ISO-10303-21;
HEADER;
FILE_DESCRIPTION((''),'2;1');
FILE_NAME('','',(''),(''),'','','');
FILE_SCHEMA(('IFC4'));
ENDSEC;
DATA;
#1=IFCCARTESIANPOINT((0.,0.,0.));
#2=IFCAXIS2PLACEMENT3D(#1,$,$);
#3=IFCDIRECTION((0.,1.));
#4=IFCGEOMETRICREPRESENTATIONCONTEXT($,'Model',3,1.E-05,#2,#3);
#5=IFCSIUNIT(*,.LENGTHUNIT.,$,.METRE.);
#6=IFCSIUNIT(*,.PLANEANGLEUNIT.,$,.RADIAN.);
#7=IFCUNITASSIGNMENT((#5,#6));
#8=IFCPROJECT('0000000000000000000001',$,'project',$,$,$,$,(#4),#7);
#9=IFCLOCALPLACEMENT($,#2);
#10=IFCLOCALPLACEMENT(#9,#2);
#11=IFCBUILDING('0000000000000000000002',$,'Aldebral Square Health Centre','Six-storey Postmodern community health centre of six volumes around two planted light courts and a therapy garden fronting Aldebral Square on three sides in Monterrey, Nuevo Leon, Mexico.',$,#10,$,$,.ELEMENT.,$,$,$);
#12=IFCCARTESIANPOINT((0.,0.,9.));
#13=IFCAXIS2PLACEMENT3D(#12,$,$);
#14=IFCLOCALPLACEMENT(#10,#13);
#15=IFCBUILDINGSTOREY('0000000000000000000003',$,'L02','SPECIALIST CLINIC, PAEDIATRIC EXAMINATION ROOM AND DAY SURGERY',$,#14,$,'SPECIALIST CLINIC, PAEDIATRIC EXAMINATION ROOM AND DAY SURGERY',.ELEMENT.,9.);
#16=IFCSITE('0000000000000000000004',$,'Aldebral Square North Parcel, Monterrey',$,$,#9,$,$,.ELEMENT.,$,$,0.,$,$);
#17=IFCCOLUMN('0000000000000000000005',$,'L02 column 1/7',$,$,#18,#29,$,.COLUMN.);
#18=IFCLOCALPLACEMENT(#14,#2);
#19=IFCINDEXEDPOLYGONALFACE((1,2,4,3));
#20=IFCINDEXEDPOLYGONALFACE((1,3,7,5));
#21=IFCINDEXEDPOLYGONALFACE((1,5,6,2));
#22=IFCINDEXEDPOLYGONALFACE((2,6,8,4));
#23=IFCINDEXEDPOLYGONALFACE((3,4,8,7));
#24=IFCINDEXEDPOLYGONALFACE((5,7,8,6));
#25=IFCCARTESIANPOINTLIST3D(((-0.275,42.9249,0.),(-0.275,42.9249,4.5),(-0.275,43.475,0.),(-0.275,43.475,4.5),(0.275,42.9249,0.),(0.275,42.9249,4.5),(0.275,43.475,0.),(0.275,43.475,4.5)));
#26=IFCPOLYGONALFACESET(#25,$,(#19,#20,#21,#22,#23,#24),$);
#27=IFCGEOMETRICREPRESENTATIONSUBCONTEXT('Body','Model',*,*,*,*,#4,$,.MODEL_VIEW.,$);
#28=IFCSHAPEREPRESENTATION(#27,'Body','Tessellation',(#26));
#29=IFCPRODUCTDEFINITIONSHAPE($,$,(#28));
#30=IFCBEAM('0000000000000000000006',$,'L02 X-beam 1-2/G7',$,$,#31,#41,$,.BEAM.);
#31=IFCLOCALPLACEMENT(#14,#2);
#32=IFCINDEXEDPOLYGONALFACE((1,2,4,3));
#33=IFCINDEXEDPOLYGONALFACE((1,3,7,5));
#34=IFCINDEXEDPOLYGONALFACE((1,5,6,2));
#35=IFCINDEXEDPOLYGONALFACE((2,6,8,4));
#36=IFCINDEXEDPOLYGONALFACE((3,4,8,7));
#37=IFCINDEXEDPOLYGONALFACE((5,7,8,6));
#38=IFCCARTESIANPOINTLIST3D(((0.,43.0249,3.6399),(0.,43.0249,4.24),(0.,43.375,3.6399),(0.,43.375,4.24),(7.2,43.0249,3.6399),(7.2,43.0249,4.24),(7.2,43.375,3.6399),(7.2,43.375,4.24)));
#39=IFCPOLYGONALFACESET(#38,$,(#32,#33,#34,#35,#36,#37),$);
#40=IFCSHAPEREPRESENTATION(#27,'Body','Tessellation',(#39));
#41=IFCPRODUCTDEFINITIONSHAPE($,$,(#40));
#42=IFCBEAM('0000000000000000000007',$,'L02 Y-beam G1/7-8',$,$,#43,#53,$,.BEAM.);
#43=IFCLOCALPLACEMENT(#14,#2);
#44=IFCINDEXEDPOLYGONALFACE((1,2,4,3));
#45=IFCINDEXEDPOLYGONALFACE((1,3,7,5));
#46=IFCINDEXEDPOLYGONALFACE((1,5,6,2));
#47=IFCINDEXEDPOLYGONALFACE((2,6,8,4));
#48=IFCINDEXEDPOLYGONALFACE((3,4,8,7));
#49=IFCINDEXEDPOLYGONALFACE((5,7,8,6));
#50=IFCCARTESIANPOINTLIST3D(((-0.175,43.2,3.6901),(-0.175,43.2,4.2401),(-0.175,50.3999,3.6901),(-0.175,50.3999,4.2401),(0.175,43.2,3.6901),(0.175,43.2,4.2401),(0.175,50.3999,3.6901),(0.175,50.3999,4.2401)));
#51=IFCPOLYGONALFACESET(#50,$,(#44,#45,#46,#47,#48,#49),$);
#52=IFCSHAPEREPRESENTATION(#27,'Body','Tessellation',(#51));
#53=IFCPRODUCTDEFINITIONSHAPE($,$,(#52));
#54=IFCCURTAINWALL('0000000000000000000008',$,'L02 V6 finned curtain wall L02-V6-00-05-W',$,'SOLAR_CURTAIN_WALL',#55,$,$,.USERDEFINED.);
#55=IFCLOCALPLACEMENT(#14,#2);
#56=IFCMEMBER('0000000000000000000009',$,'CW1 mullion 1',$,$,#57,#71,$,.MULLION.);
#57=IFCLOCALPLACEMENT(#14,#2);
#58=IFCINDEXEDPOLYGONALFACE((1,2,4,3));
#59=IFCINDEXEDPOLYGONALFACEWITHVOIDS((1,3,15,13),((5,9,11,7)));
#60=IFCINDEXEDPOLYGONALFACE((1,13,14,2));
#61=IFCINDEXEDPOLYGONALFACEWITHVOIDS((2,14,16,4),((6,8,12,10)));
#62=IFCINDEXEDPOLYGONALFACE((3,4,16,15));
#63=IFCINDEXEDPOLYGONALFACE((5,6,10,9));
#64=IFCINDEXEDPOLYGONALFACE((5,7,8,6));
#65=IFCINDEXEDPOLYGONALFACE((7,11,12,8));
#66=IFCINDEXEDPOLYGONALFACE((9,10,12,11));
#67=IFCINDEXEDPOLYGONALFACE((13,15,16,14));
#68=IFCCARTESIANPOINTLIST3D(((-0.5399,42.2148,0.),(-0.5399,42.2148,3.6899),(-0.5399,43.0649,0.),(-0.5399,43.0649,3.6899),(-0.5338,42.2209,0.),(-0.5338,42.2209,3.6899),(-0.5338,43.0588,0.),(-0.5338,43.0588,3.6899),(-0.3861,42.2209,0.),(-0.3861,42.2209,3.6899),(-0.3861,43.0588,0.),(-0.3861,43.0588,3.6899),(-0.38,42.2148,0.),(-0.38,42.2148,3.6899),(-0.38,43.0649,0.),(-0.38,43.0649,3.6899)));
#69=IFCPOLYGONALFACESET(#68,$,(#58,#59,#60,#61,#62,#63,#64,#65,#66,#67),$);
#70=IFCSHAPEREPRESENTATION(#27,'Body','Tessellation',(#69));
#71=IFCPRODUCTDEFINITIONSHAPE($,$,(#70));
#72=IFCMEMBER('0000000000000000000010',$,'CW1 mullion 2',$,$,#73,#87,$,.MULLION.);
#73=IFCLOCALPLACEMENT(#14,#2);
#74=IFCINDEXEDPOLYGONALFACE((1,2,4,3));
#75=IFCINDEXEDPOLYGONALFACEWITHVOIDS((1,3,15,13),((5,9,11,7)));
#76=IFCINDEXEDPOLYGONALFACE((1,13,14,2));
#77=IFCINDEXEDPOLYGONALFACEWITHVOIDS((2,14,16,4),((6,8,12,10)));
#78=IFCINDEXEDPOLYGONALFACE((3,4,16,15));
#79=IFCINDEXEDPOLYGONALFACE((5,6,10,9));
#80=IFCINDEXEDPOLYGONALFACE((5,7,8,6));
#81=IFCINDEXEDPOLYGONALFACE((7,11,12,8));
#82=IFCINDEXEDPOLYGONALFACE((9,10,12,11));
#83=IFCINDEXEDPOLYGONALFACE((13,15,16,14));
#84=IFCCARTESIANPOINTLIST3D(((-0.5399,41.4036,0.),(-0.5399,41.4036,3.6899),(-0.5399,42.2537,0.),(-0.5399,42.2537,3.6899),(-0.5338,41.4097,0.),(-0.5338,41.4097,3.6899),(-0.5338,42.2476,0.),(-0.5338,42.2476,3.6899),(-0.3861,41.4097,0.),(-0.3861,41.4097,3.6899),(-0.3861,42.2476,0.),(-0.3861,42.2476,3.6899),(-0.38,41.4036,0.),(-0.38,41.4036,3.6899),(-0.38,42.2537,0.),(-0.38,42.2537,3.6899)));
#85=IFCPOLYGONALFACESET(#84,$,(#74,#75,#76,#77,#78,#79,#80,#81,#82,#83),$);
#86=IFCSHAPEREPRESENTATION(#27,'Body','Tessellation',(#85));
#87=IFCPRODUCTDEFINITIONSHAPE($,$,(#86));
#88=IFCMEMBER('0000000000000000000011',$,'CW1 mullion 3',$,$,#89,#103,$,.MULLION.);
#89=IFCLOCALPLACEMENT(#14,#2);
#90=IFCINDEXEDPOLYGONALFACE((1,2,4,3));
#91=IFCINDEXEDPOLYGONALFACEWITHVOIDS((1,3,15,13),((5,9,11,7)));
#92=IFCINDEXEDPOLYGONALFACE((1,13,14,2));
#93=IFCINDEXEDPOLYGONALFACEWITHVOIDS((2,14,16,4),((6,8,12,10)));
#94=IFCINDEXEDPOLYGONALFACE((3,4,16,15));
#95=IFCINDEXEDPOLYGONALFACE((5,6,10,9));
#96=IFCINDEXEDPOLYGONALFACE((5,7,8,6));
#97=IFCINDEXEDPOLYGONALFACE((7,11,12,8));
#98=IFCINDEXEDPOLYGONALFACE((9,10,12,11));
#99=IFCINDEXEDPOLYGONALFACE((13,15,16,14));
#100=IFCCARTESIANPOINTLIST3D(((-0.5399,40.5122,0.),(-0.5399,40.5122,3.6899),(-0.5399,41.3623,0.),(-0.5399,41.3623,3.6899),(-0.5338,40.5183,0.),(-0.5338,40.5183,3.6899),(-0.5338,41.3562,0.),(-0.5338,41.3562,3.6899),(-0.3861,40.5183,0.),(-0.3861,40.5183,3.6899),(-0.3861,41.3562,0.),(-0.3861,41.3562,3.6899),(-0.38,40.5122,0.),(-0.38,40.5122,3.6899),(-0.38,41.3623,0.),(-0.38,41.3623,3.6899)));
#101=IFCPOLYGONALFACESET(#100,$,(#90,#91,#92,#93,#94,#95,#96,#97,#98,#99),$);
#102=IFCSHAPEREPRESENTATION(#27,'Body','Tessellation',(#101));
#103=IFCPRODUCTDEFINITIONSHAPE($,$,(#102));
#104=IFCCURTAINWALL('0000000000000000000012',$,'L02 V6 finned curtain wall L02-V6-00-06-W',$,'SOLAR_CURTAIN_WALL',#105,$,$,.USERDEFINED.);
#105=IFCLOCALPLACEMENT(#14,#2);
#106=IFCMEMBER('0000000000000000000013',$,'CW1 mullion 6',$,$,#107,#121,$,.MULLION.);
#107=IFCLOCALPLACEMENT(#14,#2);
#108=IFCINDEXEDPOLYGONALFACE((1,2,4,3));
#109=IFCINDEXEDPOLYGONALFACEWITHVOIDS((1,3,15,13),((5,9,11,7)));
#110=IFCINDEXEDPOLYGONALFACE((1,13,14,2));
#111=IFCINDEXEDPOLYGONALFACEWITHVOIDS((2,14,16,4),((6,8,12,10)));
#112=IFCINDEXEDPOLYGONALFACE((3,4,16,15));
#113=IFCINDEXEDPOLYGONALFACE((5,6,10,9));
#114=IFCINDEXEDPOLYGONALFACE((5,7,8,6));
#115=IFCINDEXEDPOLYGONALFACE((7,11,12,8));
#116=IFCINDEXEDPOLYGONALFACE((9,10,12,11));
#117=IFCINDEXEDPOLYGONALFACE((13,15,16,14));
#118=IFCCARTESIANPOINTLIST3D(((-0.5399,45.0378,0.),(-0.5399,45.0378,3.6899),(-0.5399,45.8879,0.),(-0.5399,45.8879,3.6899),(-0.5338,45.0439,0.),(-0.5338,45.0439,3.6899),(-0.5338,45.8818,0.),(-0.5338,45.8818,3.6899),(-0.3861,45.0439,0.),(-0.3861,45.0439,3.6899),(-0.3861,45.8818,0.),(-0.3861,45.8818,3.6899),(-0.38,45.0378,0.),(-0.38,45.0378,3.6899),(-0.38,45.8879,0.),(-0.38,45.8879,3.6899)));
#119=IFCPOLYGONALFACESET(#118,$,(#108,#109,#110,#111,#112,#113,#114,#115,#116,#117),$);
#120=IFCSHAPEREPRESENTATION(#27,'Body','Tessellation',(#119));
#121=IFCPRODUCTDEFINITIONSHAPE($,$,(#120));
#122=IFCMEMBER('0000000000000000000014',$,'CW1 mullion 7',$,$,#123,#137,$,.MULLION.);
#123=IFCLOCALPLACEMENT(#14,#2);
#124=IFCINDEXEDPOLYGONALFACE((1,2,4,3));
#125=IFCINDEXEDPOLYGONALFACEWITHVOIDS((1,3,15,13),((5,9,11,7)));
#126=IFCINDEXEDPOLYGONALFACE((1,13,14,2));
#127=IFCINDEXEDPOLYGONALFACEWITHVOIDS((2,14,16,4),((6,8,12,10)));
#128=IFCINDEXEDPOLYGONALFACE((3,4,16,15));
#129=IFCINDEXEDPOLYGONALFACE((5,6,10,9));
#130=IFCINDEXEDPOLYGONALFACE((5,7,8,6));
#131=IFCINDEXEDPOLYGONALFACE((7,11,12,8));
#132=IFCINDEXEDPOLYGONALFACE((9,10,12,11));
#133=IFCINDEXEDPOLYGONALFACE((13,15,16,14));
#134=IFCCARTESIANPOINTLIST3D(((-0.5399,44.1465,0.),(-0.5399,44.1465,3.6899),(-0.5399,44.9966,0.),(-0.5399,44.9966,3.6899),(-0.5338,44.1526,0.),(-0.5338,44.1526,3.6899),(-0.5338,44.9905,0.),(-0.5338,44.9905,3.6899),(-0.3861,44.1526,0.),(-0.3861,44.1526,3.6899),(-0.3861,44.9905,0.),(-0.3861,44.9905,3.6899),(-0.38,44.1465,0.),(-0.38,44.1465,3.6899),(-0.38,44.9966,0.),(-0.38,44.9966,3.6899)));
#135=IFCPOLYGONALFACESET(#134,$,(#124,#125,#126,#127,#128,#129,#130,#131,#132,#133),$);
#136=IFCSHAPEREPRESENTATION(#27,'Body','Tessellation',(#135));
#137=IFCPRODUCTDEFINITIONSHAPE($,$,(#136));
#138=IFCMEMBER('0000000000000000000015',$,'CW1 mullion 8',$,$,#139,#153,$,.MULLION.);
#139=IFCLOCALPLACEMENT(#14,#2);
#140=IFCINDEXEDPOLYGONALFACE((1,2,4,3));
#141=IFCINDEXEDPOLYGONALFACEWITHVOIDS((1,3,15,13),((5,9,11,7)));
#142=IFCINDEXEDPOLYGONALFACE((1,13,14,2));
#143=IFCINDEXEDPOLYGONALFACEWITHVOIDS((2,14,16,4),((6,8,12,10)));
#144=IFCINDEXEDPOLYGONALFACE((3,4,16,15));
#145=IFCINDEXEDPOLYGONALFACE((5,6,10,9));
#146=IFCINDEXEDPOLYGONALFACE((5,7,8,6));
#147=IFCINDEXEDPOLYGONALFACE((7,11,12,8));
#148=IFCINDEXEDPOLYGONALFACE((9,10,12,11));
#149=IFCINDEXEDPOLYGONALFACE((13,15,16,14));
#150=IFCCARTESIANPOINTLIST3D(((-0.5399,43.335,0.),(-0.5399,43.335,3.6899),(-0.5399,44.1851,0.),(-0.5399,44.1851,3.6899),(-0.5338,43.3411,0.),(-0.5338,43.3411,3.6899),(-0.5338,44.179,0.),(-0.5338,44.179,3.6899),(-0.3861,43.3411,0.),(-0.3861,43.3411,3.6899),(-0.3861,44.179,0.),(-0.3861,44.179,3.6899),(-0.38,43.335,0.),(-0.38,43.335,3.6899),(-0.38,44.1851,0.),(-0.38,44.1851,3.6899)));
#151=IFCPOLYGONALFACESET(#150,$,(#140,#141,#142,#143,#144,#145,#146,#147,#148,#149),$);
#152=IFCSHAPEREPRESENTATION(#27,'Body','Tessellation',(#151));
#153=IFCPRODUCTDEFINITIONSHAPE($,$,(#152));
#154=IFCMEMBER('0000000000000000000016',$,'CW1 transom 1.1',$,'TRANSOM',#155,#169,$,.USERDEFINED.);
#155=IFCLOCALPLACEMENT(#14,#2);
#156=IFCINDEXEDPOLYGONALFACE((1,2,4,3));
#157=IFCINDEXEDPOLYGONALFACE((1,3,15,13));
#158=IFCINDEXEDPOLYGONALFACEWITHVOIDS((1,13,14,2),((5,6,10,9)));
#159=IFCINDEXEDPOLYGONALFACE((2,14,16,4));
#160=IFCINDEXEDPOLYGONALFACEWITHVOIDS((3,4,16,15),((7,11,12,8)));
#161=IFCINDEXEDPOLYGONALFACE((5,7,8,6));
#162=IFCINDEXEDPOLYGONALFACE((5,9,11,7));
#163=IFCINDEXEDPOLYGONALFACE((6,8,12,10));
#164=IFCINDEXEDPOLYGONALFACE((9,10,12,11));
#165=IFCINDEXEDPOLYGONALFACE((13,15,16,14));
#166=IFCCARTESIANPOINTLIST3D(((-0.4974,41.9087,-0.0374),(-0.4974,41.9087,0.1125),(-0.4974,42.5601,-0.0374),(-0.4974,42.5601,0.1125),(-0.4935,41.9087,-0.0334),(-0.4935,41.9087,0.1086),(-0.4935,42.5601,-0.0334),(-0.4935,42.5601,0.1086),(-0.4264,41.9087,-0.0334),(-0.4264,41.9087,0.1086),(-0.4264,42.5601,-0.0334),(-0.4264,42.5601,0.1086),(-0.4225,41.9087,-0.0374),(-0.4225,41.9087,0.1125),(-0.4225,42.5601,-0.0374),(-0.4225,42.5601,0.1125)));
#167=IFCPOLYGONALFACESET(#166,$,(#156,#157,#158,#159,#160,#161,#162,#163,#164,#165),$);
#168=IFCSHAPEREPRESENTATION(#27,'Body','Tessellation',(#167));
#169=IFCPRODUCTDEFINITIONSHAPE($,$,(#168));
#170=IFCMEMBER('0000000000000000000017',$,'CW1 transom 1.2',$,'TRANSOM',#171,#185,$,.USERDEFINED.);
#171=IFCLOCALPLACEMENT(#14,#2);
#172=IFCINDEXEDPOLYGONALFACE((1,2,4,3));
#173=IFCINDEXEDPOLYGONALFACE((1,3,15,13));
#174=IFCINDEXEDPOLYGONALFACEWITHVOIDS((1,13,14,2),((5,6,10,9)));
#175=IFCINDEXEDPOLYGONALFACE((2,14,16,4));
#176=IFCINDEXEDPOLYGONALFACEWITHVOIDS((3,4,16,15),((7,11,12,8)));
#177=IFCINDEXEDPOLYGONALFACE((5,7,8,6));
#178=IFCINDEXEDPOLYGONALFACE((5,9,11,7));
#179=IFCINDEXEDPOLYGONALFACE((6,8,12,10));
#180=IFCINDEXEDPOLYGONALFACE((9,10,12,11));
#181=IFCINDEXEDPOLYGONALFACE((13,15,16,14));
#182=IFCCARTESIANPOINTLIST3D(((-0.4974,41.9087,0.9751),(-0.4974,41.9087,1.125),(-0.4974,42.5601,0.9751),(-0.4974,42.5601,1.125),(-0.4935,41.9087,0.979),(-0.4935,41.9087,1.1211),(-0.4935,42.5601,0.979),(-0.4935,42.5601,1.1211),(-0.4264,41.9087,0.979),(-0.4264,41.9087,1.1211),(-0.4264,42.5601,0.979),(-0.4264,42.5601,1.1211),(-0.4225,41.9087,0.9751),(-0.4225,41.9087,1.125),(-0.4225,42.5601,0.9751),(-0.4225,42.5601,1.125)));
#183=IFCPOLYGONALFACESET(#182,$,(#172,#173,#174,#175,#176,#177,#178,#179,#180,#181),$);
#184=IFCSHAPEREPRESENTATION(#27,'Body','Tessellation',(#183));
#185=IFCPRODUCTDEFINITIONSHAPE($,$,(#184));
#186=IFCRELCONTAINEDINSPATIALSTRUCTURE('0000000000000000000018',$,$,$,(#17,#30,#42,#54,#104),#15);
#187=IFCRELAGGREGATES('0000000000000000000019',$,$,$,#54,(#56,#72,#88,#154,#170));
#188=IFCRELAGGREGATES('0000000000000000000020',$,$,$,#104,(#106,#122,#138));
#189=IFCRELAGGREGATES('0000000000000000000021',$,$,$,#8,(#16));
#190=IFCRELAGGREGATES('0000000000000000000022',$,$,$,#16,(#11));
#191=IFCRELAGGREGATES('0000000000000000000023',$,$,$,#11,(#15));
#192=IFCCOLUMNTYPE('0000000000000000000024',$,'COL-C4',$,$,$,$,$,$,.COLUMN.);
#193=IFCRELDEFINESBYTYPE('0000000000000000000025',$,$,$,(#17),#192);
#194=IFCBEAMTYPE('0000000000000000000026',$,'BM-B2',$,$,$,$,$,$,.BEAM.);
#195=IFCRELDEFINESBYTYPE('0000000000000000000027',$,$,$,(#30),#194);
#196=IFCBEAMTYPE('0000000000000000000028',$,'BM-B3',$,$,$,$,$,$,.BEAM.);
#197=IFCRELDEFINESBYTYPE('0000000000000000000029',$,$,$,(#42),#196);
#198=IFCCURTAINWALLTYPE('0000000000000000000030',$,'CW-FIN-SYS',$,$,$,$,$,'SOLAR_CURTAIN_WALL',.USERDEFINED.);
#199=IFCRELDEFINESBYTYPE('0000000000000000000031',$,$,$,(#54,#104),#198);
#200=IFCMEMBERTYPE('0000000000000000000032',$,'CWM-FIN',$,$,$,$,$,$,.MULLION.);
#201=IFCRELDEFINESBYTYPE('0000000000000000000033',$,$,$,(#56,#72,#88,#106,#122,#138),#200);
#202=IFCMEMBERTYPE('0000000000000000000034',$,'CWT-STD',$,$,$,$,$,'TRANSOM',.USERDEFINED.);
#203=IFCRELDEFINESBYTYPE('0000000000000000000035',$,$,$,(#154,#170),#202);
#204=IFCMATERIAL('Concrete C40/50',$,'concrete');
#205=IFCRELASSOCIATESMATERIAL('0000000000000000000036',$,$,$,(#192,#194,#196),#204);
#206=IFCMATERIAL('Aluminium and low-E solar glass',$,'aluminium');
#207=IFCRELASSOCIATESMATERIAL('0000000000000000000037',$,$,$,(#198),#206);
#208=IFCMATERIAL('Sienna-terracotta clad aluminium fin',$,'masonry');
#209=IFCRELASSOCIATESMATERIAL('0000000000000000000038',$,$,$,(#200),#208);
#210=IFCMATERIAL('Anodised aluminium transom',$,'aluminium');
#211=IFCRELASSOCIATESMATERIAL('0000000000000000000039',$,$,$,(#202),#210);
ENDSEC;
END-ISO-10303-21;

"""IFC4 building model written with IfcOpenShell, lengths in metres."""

from ifc_helpers import new_model, si_unit, direction, frame, origin, origin_2d, place, context, subcontext, project, spatial, rectangle, hollow_rectangle, extrude, material, material_profile, profile_set, type_object, element, aggregate, save


model = new_model("IFC4")

# Units and contexts
model_context = context("Model", 3, precision=1e-05, world=origin(), true_north=direction((0.0, 1.0)))
body_context = subcontext(model_context, "Body", "Model", "MODEL_VIEW")
ifc_project = project(units=[si_unit("LENGTHUNIT", "METRE"), si_unit("PLANEANGLEUNIT", "RADIAN")], contexts=[model_context])

# Site, building, storey
site_placement = place(None, origin())
site = spatial("IfcSite", under=ifc_project, at=site_placement, Name="Aldebral Square North Parcel, Monterrey", CompositionType="ELEMENT", RefElevation=0.0)
building_placement = place(site_placement, origin())
building = spatial("IfcBuilding", under=site, at=building_placement, Name="Aldebral Square Health Centre", Description="Six-storey Postmodern community health centre of six volumes around two planted light courts and a therapy garden fronting Aldebral Square on three sides in Monterrey, Nuevo Leon, Mexico.", CompositionType="ELEMENT")
storey_placement = place(building_placement, frame((0.0, 0.0, 9.0)))
storey = spatial("IfcBuildingStorey", under=building, at=storey_placement, Name="L02", Description="SPECIALIST CLINIC, PAEDIATRIC EXAMINATION ROOM AND DAY SURGERY", LongName="SPECIALIST CLINIC, PAEDIATRIC EXAMINATION ROOM AND DAY SURGERY", CompositionType="ELEMENT", Elevation=9.0)

# Column
ifc_material_1 = material(Name="Concrete C40/50", Category="concrete")
ifc_material_profile_1 = material_profile(ifc_material_1, rectangle(XDim=0.55, YDim=0.55, at=origin_2d()), Name="RC 550x550")
ifc_profile_set_1 = profile_set([ifc_material_profile_1], Name="Concrete C40/50")
column_type = type_object("IfcColumnType", Name="COL-C4", PredefinedType="COLUMN", material=ifc_profile_set_1)
column_placement = place(storey_placement, frame((0.0, 43.2, 0.0), z_axis=(0.0, 0.0, 1.0), x_axis=(1.0, 0.0, 0.0)))
element("IfcColumn", 1, at=column_placement, inside=storey, type_object=column_type, Name="L02 column 1/7", PredefinedType="COLUMN", context=body_context, shape_type="SweptSolid", body=[
    extrude(rectangle(XDim=0.55, YDim=0.55, at=origin_2d()), origin(), (0.0, 0.0, 1.0), 4.5),
])

# Beams
ifc_material_profile_2 = material_profile(ifc_material_1, rectangle(XDim=0.3501, YDim=0.6001, at=origin_2d()), Name="RC 350x600")
ifc_profile_set_2 = profile_set([ifc_material_profile_2], Name="Concrete C40/50")
beam_type_1 = type_object("IfcBeamType", Name="BM-B2", PredefinedType="BEAM", material=ifc_profile_set_2)
beam_1_placement = place(storey_placement, frame((0.0, 43.2, 3.9399), z_axis=(1.0, 0.0, 0.0), x_axis=(0.0, 1.0, 0.0)))
element("IfcBeam", 2, at=beam_1_placement, inside=storey, type_object=beam_type_1, Name="L02 X-beam 1-2/G7", PredefinedType="BEAM", context=body_context, shape_type="SweptSolid", body=[
    extrude(rectangle(XDim=0.3501, YDim=0.6001, at=origin_2d()), origin(), (0.0, 0.0, 1.0), 7.2),
])
ifc_material_profile_3 = material_profile(ifc_material_1, rectangle(XDim=0.3501, YDim=0.55, at=origin_2d()), Name="RC 350x550")
ifc_profile_set_3 = profile_set([ifc_material_profile_3], Name="Concrete C40/50")
beam_type_2 = type_object("IfcBeamType", Name="BM-B3", PredefinedType="BEAM", material=ifc_profile_set_3)
beam_2_placement = place(storey_placement, frame((0.0, 43.2, 3.9651), z_axis=(0.0, 1.0, 0.0), x_axis=(-1.0, 0.0, 0.0)))
element("IfcBeam", 3, at=beam_2_placement, inside=storey, type_object=beam_type_2, Name="L02 Y-beam G1/7-8", PredefinedType="BEAM", context=body_context, shape_type="SweptSolid", body=[
    extrude(rectangle(XDim=0.3501, YDim=0.55, at=origin_2d()), origin(), (0.0, 0.0, 1.0), 7.2),
])

# Curtain walls, members
ifc_material_2 = material(Name="Aluminium and low-E solar glass", Category="aluminium")
curtain_wall_type = type_object("IfcCurtainWallType", Name="CW-FIN-SYS", ElementType="SOLAR_CURTAIN_WALL", PredefinedType="USERDEFINED", material=ifc_material_2)
curtain_wall_1_placement = place(storey_placement, origin())
curtain_wall_1 = element("IfcCurtainWall", 4, at=curtain_wall_1_placement, inside=storey, type_object=curtain_wall_type, Name="L02 V6 finned curtain wall L02-V6-00-05-W", ObjectType="SOLAR_CURTAIN_WALL", PredefinedType="USERDEFINED")
ifc_material_3 = material(Name="Sienna-terracotta clad aluminium fin", Category="masonry")
ifc_material_profile_4 = material_profile(ifc_material_3, hollow_rectangle(XDim=0.1599, YDim=0.8501, WallThickness=0.0061, at=origin_2d()), Name="FIN 160x850x6")
ifc_profile_set_4 = profile_set([ifc_material_profile_4], Name="Sienna-terracotta clad aluminium fin")
member_type_1 = type_object("IfcMemberType", Name="CWM-FIN", PredefinedType="MULLION", material=ifc_profile_set_4)
member_1_placement = place(storey_placement, frame((-0.46, 42.6399, 0.0), z_axis=(0.0, 0.0, 1.0), x_axis=(1.0, 0.0, 0.0)))
member_1 = element("IfcMember", 5, at=member_1_placement, type_object=member_type_1, Name="CW1 mullion 1", PredefinedType="MULLION", context=body_context, shape_type="SweptSolid", body=[
    extrude(hollow_rectangle(XDim=0.1599, YDim=0.8501, WallThickness=0.0061, at=origin_2d()), origin(), (0.0, 0.0, 1.0), 3.6899),
])
member_2_placement = place(storey_placement, frame((-0.46, 41.8286, 0.0), z_axis=(0.0, 0.0, 1.0), x_axis=(1.0, 0.0, 0.0)))
member_2 = element("IfcMember", 6, at=member_2_placement, type_object=member_type_1, Name="CW1 mullion 2", PredefinedType="MULLION", context=body_context, shape_type="SweptSolid", body=[
    extrude(hollow_rectangle(XDim=0.1599, YDim=0.8501, WallThickness=0.0061, at=origin_2d()), origin(), (0.0, 0.0, 1.0), 3.6899),
])
member_3_placement = place(storey_placement, frame((-0.46, 40.9373, 0.0), z_axis=(0.0, 0.0, 1.0), x_axis=(1.0, 0.0, 0.0)))
member_3 = element("IfcMember", 7, at=member_3_placement, type_object=member_type_1, Name="CW1 mullion 3", PredefinedType="MULLION", context=body_context, shape_type="SweptSolid", body=[
    extrude(hollow_rectangle(XDim=0.1599, YDim=0.8501, WallThickness=0.0061, at=origin_2d()), origin(), (0.0, 0.0, 1.0), 3.6899),
])
curtain_wall_2_placement = place(storey_placement, origin())
curtain_wall_2 = element("IfcCurtainWall", 8, at=curtain_wall_2_placement, inside=storey, type_object=curtain_wall_type, Name="L02 V6 finned curtain wall L02-V6-00-06-W", ObjectType="SOLAR_CURTAIN_WALL", PredefinedType="USERDEFINED")
member_4_placement = place(storey_placement, frame((-0.46, 45.4629, 0.0), z_axis=(0.0, 0.0, 1.0), x_axis=(1.0, 0.0, 0.0)))
member_4 = element("IfcMember", 9, at=member_4_placement, type_object=member_type_1, Name="CW1 mullion 6", PredefinedType="MULLION", context=body_context, shape_type="SweptSolid", body=[
    extrude(hollow_rectangle(XDim=0.1599, YDim=0.8501, WallThickness=0.0061, at=origin_2d()), origin(), (0.0, 0.0, 1.0), 3.6899),
])
member_5_placement = place(storey_placement, frame((-0.46, 44.5715, 0.0), z_axis=(0.0, 0.0, 1.0), x_axis=(1.0, 0.0, 0.0)))
member_5 = element("IfcMember", 10, at=member_5_placement, type_object=member_type_1, Name="CW1 mullion 7", PredefinedType="MULLION", context=body_context, shape_type="SweptSolid", body=[
    extrude(hollow_rectangle(XDim=0.1599, YDim=0.8501, WallThickness=0.0061, at=origin_2d()), origin(), (0.0, 0.0, 1.0), 3.6899),
])
member_6_placement = place(storey_placement, frame((-0.46, 43.76, 0.0), z_axis=(0.0, 0.0, 1.0), x_axis=(1.0, 0.0, 0.0)))
member_6 = element("IfcMember", 11, at=member_6_placement, type_object=member_type_1, Name="CW1 mullion 8", PredefinedType="MULLION", context=body_context, shape_type="SweptSolid", body=[
    extrude(hollow_rectangle(XDim=0.1599, YDim=0.8501, WallThickness=0.0061, at=origin_2d()), origin(), (0.0, 0.0, 1.0), 3.6899),
])

# Members
ifc_material_4 = material(Name="Anodised aluminium transom", Category="aluminium")
ifc_material_profile_5 = material_profile(ifc_material_4, hollow_rectangle(XDim=0.075, YDim=0.1499, WallThickness=0.0039, at=origin_2d()), Name="CWT 75x150x4")
ifc_profile_set_5 = profile_set([ifc_material_profile_5], Name="Anodised aluminium transom")
member_type_2 = type_object("IfcMemberType", Name="CWT-STD", ElementType="TRANSOM", PredefinedType="USERDEFINED", material=ifc_profile_set_5)
member_7_placement = place(storey_placement, frame((-0.46, 42.5601, 0.0376), z_axis=(0.0, -1.0, 0.0), x_axis=(1.0, 0.0, 0.0)))
member_7 = element("IfcMember", 12, at=member_7_placement, type_object=member_type_2, Name="CW1 transom 1.1", ObjectType="TRANSOM", PredefinedType="USERDEFINED", context=body_context, shape_type="SweptSolid", body=[
    extrude(hollow_rectangle(XDim=0.075, YDim=0.1499, WallThickness=0.0039, at=origin_2d()), origin(), (0.0, 0.0, 1.0), 0.6514),
])
member_8_placement = place(storey_placement, frame((-0.46, 42.5601, 1.05), z_axis=(0.0, -1.0, 0.0), x_axis=(1.0, 0.0, 0.0)))
member_8 = element("IfcMember", 13, at=member_8_placement, type_object=member_type_2, Name="CW1 transom 1.2", ObjectType="TRANSOM", PredefinedType="USERDEFINED", context=body_context, shape_type="SweptSolid", body=[
    extrude(hollow_rectangle(XDim=0.075, YDim=0.1499, WallThickness=0.0039, at=origin_2d()), origin(), (0.0, 0.0, 1.0), 0.6514),
])

aggregate(curtain_wall_1, [member_1, member_2, member_3, member_7, member_8])
aggregate(curtain_wall_2, [member_4, member_5, member_6])

save(model, "model.ifc")
